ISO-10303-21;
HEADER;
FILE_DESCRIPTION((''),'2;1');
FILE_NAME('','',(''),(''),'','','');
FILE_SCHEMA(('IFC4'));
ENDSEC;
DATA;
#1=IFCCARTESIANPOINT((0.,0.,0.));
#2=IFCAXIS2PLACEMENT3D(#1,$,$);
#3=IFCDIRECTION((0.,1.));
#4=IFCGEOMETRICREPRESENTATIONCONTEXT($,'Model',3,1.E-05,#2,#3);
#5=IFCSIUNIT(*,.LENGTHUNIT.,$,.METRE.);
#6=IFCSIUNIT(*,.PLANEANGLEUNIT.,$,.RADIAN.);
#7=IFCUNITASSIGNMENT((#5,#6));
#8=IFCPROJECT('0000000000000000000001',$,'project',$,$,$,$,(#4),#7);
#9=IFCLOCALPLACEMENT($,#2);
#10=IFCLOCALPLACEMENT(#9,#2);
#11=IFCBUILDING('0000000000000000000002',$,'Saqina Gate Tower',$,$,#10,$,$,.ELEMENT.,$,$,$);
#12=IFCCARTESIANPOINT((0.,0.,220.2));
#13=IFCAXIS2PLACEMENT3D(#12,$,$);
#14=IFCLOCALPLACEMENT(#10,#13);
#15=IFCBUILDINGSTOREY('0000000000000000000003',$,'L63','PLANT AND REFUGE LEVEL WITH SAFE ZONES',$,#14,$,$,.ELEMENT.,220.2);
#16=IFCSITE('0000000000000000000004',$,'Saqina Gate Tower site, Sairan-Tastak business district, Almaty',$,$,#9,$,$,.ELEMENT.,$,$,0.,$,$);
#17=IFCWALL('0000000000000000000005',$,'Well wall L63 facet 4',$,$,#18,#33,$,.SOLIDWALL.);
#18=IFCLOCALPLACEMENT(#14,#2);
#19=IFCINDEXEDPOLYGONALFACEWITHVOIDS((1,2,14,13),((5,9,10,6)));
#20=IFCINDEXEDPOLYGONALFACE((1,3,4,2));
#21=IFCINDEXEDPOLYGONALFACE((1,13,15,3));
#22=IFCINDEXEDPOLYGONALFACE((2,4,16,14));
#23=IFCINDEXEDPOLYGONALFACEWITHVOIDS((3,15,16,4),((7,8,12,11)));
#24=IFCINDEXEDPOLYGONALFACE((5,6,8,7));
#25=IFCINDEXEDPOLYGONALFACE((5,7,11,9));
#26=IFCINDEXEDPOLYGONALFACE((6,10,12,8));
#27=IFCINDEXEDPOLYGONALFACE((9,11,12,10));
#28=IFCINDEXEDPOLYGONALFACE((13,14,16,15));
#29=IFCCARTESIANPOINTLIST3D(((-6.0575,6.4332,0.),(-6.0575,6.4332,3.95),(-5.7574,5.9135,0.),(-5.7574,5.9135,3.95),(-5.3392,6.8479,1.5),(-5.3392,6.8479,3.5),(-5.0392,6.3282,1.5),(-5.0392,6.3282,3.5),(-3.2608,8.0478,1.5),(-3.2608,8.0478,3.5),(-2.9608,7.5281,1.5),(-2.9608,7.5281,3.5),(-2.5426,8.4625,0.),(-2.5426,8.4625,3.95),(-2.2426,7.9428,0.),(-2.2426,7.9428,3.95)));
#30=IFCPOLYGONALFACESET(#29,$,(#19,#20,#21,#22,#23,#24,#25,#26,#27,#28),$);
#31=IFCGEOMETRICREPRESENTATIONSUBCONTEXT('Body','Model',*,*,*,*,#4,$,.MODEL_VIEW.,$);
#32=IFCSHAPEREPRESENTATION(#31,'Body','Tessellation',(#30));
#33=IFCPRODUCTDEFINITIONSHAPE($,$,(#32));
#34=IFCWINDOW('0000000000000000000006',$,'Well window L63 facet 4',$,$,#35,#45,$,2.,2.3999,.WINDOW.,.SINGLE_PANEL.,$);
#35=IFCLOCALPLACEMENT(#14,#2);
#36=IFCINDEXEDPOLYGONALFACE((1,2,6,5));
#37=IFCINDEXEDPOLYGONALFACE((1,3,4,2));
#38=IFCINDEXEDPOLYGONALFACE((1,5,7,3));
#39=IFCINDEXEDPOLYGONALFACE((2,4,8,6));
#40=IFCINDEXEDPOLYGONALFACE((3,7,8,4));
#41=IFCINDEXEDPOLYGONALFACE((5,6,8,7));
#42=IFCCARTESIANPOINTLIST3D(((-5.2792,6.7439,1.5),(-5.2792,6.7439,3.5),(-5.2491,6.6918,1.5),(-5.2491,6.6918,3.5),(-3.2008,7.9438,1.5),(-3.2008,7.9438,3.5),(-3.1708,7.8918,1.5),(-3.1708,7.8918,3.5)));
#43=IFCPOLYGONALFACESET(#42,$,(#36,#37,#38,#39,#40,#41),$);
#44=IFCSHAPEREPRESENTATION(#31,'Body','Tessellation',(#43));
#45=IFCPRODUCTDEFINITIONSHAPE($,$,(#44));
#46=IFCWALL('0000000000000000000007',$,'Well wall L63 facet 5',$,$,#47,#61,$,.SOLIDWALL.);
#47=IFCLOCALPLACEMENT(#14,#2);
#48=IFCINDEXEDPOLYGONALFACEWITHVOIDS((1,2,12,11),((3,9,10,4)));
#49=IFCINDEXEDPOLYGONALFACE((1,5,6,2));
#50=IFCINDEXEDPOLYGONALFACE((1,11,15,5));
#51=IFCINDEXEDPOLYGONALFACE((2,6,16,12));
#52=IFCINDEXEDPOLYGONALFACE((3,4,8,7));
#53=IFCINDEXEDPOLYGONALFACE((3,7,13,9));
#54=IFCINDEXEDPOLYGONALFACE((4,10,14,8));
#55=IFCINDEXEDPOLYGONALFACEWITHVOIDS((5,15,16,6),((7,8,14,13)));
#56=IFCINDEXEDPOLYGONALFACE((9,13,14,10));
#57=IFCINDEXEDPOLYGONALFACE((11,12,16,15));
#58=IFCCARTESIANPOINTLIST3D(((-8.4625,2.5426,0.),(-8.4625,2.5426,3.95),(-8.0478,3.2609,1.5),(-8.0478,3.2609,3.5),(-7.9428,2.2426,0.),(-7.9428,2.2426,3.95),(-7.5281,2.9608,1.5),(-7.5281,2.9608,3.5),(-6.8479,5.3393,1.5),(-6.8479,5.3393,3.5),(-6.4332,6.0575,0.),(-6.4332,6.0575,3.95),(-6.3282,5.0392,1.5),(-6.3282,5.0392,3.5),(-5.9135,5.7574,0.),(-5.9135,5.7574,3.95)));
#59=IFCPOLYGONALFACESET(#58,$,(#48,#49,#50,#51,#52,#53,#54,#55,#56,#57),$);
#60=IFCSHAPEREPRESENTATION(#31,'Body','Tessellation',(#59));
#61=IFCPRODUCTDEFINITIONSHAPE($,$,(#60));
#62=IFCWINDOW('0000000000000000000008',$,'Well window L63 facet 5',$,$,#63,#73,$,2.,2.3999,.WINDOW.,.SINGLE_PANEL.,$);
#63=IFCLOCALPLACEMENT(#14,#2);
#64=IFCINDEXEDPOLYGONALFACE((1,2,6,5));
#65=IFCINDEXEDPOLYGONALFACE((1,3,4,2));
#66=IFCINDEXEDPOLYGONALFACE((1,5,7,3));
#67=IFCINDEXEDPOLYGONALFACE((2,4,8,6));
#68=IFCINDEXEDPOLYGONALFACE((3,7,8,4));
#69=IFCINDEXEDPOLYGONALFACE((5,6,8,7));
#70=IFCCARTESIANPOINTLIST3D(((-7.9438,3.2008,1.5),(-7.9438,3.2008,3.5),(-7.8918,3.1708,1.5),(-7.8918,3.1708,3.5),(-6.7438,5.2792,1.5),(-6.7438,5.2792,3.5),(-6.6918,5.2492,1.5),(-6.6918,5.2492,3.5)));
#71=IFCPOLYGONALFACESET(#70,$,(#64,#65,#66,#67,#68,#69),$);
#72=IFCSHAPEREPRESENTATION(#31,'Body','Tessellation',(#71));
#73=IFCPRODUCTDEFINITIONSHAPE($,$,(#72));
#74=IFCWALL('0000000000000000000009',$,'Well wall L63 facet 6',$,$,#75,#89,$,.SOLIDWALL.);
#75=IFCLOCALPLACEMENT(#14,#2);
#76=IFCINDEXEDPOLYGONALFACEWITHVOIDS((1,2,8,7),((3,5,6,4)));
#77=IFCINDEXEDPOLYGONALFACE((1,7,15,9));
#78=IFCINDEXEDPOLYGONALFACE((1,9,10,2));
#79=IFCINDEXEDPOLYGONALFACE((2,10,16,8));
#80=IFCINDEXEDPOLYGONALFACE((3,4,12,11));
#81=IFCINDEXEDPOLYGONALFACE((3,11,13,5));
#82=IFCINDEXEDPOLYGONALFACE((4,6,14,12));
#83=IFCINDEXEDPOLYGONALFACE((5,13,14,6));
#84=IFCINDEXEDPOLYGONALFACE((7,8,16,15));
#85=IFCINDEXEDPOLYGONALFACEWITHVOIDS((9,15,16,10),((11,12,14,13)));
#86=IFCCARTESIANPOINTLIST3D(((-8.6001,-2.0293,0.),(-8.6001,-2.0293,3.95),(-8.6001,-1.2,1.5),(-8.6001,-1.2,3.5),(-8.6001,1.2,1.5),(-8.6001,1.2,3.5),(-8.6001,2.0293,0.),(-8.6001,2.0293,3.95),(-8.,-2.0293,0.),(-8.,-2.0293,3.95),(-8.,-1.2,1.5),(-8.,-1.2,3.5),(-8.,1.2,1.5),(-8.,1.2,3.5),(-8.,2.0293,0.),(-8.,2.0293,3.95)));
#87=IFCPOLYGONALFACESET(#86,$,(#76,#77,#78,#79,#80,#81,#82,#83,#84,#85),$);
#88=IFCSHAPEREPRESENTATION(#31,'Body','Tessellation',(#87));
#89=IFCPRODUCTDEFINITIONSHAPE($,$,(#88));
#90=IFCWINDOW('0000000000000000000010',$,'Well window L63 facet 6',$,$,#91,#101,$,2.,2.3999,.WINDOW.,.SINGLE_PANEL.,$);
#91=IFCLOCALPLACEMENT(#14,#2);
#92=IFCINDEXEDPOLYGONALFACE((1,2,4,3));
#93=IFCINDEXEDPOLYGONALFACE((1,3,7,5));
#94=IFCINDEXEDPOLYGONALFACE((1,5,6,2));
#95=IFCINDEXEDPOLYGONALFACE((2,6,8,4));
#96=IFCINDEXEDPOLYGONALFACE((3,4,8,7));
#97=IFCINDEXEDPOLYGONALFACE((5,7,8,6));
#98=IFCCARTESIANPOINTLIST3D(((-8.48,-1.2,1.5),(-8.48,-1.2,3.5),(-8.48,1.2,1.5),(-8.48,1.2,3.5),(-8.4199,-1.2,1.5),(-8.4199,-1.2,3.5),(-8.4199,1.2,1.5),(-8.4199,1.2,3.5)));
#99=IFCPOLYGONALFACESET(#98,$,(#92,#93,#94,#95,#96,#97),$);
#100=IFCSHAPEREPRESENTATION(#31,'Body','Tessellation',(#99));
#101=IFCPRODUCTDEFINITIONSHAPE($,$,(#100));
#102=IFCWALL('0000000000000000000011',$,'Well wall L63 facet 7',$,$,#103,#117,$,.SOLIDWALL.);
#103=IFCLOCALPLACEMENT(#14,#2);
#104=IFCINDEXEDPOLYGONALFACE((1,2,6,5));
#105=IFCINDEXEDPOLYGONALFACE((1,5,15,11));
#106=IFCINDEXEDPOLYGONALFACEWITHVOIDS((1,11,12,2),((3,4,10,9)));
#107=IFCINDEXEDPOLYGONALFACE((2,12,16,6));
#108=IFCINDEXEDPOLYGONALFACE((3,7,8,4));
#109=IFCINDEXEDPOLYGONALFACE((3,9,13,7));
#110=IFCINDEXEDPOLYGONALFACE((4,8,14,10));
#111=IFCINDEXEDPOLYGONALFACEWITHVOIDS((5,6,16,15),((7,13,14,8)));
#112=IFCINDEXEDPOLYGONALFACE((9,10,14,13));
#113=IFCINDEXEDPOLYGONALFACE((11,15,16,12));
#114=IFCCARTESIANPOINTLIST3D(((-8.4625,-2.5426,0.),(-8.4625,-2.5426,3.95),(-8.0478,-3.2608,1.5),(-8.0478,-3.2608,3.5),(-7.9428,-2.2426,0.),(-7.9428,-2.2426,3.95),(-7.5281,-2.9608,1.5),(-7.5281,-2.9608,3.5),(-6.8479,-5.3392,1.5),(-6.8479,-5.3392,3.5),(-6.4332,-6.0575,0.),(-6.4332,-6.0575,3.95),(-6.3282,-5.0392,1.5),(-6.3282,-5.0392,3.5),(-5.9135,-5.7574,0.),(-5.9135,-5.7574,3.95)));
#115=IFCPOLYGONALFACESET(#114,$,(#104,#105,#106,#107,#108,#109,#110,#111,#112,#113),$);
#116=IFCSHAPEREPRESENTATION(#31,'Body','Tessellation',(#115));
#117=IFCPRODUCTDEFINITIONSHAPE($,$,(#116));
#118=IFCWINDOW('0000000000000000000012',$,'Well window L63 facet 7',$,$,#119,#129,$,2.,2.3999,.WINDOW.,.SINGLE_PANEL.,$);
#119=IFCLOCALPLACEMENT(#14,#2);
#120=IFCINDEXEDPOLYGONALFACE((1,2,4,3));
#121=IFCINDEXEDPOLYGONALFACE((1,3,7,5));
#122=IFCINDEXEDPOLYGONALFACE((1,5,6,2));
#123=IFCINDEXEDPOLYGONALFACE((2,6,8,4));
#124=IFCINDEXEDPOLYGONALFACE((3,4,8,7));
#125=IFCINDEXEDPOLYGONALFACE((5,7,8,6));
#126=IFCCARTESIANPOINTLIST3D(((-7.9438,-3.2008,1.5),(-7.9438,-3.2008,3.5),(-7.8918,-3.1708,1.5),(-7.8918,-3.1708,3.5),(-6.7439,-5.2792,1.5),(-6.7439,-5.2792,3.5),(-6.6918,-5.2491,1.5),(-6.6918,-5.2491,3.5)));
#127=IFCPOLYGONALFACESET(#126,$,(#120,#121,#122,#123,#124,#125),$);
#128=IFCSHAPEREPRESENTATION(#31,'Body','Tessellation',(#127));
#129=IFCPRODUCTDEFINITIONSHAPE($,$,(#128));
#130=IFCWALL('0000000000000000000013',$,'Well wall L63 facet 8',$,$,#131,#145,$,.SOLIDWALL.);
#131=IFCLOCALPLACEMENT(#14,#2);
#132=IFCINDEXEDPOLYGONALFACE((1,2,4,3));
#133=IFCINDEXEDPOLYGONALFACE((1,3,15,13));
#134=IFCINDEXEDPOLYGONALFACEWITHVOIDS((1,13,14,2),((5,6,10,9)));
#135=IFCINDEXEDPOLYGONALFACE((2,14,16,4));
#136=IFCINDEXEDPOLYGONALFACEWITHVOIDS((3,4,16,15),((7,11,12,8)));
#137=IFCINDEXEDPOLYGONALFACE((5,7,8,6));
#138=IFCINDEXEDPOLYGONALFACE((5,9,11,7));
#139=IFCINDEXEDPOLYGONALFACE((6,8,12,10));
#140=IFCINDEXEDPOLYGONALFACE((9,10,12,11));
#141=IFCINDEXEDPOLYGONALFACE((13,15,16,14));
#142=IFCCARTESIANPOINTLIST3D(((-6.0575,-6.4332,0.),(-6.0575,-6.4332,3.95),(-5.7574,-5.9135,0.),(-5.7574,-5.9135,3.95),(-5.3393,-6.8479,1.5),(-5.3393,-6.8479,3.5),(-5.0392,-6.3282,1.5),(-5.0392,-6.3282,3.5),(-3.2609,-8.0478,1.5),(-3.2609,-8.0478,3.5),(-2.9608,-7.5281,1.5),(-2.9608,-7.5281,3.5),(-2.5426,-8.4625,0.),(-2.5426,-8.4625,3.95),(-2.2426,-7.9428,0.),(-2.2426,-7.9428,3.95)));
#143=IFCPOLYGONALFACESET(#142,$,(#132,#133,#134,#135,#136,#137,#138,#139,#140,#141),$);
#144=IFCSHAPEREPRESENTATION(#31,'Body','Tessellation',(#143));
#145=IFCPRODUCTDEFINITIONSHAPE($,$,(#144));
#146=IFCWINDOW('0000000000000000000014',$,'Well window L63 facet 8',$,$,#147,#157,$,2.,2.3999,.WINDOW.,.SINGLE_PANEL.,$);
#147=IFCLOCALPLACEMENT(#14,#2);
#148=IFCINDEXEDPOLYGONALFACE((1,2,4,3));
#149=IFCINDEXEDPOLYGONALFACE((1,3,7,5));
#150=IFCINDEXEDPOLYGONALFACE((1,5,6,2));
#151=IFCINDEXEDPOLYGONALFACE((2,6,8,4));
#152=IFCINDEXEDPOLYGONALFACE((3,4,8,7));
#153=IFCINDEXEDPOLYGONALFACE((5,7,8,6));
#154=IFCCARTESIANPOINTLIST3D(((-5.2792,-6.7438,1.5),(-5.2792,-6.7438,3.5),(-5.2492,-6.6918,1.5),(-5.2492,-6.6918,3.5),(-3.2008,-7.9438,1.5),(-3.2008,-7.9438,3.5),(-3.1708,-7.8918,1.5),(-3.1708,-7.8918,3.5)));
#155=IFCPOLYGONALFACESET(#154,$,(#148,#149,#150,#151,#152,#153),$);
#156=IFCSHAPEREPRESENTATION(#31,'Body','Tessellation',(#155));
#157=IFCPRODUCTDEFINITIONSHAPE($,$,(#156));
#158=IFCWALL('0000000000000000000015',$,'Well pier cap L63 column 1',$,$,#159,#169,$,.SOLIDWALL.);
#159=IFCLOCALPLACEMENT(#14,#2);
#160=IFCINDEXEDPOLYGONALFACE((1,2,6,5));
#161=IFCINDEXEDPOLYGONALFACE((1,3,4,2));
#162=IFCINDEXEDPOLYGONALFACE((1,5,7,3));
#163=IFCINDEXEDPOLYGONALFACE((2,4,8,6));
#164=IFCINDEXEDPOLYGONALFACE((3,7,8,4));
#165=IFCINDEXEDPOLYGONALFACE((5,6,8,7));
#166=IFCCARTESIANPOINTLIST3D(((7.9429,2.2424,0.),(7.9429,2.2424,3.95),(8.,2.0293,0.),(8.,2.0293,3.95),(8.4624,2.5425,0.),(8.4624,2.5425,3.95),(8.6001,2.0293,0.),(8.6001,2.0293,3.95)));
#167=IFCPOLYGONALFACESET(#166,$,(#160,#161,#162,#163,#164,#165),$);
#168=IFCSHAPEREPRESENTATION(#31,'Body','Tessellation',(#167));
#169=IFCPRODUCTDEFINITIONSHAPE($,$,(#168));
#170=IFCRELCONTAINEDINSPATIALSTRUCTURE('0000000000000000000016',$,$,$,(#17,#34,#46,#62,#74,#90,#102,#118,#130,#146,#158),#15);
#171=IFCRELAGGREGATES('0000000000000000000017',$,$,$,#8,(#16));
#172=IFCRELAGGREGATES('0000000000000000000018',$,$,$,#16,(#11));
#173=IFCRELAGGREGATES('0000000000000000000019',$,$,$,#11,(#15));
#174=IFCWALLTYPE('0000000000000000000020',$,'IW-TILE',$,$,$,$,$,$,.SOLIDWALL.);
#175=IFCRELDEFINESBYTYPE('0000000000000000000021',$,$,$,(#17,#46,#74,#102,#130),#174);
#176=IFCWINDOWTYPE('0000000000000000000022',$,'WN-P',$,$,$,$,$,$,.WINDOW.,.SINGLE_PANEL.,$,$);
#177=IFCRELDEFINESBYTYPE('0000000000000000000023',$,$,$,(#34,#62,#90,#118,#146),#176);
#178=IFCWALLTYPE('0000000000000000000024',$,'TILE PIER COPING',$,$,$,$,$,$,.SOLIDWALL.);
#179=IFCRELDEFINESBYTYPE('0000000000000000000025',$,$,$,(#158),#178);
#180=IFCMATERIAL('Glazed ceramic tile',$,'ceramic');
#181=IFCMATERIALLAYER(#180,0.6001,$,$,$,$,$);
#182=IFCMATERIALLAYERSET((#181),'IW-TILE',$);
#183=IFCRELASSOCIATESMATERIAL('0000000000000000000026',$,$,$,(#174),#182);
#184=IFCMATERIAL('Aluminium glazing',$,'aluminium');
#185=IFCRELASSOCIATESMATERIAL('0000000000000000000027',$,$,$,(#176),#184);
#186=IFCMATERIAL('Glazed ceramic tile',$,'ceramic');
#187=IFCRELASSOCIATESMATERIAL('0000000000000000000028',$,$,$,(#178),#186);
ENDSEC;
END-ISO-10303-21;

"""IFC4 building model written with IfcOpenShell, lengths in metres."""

from ifc_helpers import new_model, si_unit, direction, frame, frame_2d, origin, place, context, subcontext, project, spatial, polyline, rectangle, outline, extrude, material, layer, layer_set, type_object, element, fill, save


model = new_model("IFC4")

# Units and contexts
model_context = context("Model", 3, precision=1e-05, world=origin(), true_north=direction((0.0, 1.0)))
body_context = subcontext(model_context, "Body", "Model", "MODEL_VIEW")
ifc_project = project(units=[si_unit("LENGTHUNIT", "METRE"), si_unit("PLANEANGLEUNIT", "RADIAN")], contexts=[model_context])

# Site, building, storey
site_placement = place(None, origin())
site = spatial("IfcSite", under=ifc_project, at=site_placement, Name="Saqina Gate Tower site, Sairan-Tastak business district, Almaty", CompositionType="ELEMENT", RefElevation=0.0)
building_placement = place(site_placement, origin())
building = spatial("IfcBuilding", under=site, at=building_placement, Name="Saqina Gate Tower", CompositionType="ELEMENT")
storey_placement = place(building_placement, frame((0.0, 0.0, 220.2)))
storey = spatial("IfcBuildingStorey", under=building, at=storey_placement, Name="L63", Description="PLANT AND REFUGE LEVEL WITH SAFE ZONES", CompositionType="ELEMENT", Elevation=220.2)

# Walls, openings, windows
ifc_material_1 = material(Name="Glazed ceramic tile", Category="ceramic")
ifc_layer_1 = layer(ifc_material_1, 0.6001)
ifc_layer_set_1 = layer_set([ifc_layer_1], Name="IW-TILE")
wall_type_1 = type_object("IfcWallType", Name="IW-TILE", PredefinedType="SOLIDWALL", material=ifc_layer_set_1)
wall_1_placement = place(storey_placement, frame((-2.3926, 8.2026, 0.0), z_axis=(0.0, 0.0, 1.0), x_axis=(-0.866028, -0.499995, 0.0)))
wall_1 = element("IfcWall", 1, at=wall_1_placement, inside=storey, type_object=wall_type_1, Name="Well wall L63 facet 4", PredefinedType="SOLIDWALL", context=body_context, shape_type="SweptSolid", body=[
    extrude(rectangle(XDim=4.0586, YDim=0.6001, at=frame_2d((2.0293, 0.0))), origin(), (0.0, 0.0, 1.0), 3.95),
])
opening_1_placement = place(wall_1_placement, frame((0.8293, 0.0, 1.5)))
opening_1 = element("IfcOpeningElement", 2, at=opening_1_placement, cuts=wall_1, PredefinedType="OPENING", context=body_context, shape_type="SweptSolid", body=[
    extrude(rectangle(XDim=2.3999, YDim=2.0, at=frame_2d((1.2, 1.0))), frame((0.0, 0.312, 0.0), z_axis=(0.0, -1.0, 0.0), x_axis=(1.0, 0.0, 0.0)), (0.0, 0.0, 1.0), 0.624),
])
ifc_material_2 = material(Name="Aluminium glazing", Category="aluminium")
window_type_1 = type_object("IfcWindowType", Name="WN-P", PartitioningType="SINGLE_PANEL", PredefinedType="WINDOW", material=ifc_material_2)
window_1_placement = place(opening_1_placement, origin())
window_1 = element("IfcWindow", 3, at=window_1_placement, inside=storey, type_object=window_type_1, Name="Well window L63 facet 4", OverallHeight=2.0, OverallWidth=2.3999, PartitioningType="SINGLE_PANEL", PredefinedType="WINDOW", context=body_context, shape_type="SweptSolid", body=[
    extrude(rectangle(XDim=2.3999, YDim=2.0, at=frame_2d((1.2, 1.0))), frame((0.0, -0.1199, 0.0), z_axis=(0.0, -1.0, 0.0), x_axis=(1.0, 0.0, 0.0)), (0.0, 0.0, 1.0), 0.0601),
])
fill(opening_1, window_1)
wall_2_placement = place(storey_placement, frame((-6.1733, 5.9075, 0.0), z_axis=(0.0, 0.0, 1.0), x_axis=(-0.499995, -0.866028, 0.0)))
wall_2 = element("IfcWall", 4, at=wall_2_placement, inside=storey, type_object=wall_type_1, Name="Well wall L63 facet 5", PredefinedType="SOLIDWALL", context=body_context, shape_type="SweptSolid", body=[
    extrude(rectangle(XDim=4.0586, YDim=0.6001, at=frame_2d((2.0293, 0.0))), origin(), (0.0, 0.0, 1.0), 3.95),
])
opening_2_placement = place(wall_2_placement, frame((0.8293, 0.0, 1.5)))
opening_2 = element("IfcOpeningElement", 5, at=opening_2_placement, cuts=wall_2, PredefinedType="OPENING", context=body_context, shape_type="SweptSolid", body=[
    extrude(rectangle(XDim=2.3999, YDim=2.0, at=frame_2d((1.2, 1.0))), frame((0.0, 0.312, 0.0), z_axis=(0.0, -1.0, 0.0), x_axis=(1.0, 0.0, 0.0)), (0.0, 0.0, 1.0), 0.624),
])
window_2_placement = place(opening_2_placement, origin())
window_2 = element("IfcWindow", 6, at=window_2_placement, inside=storey, type_object=window_type_1, Name="Well window L63 facet 5", OverallHeight=2.0, OverallWidth=2.3999, PartitioningType="SINGLE_PANEL", PredefinedType="WINDOW", context=body_context, shape_type="SweptSolid", body=[
    extrude(rectangle(XDim=2.3999, YDim=2.0, at=frame_2d((1.2, 1.0))), frame((0.0, -0.1199, 0.0), z_axis=(0.0, -1.0, 0.0), x_axis=(1.0, 0.0, 0.0)), (0.0, 0.0, 1.0), 0.0601),
])
fill(opening_2, window_2)
wall_3_placement = place(storey_placement, frame((-8.3, 2.0293, 0.0), z_axis=(0.0, 0.0, 1.0), x_axis=(0.0, -1.0, 0.0)))
wall_3 = element("IfcWall", 7, at=wall_3_placement, inside=storey, type_object=wall_type_1, Name="Well wall L63 facet 6", PredefinedType="SOLIDWALL", context=body_context, shape_type="SweptSolid", body=[
    extrude(rectangle(XDim=4.0586, YDim=0.6001, at=frame_2d((2.0293, 0.0))), origin(), (0.0, 0.0, 1.0), 3.95),
])
opening_3_placement = place(wall_3_placement, frame((0.8293, 0.0, 1.5)))
opening_3 = element("IfcOpeningElement", 8, at=opening_3_placement, cuts=wall_3, PredefinedType="OPENING", context=body_context, shape_type="SweptSolid", body=[
    extrude(rectangle(XDim=2.3999, YDim=2.0, at=frame_2d((1.2, 1.0))), frame((0.0, 0.312, 0.0), z_axis=(0.0, -1.0, 0.0), x_axis=(1.0, 0.0, 0.0)), (0.0, 0.0, 1.0), 0.624),
])
window_3_placement = place(opening_3_placement, origin())
window_3 = element("IfcWindow", 9, at=window_3_placement, inside=storey, type_object=window_type_1, Name="Well window L63 facet 6", OverallHeight=2.0, OverallWidth=2.3999, PartitioningType="SINGLE_PANEL", PredefinedType="WINDOW", context=body_context, shape_type="SweptSolid", body=[
    extrude(rectangle(XDim=2.3999, YDim=2.0, at=frame_2d((1.2, 1.0))), frame((0.0, -0.1199, 0.0), z_axis=(0.0, -1.0, 0.0), x_axis=(1.0, 0.0, 0.0)), (0.0, 0.0, 1.0), 0.0601),
])
fill(opening_3, window_3)
wall_4_placement = place(storey_placement, frame((-8.2026, -2.3926, 0.0), z_axis=(0.0, 0.0, 1.0), x_axis=(0.499995, -0.866028, 0.0)))
wall_4 = element("IfcWall", 10, at=wall_4_placement, inside=storey, type_object=wall_type_1, Name="Well wall L63 facet 7", PredefinedType="SOLIDWALL", context=body_context, shape_type="SweptSolid", body=[
    extrude(rectangle(XDim=4.0586, YDim=0.6001, at=frame_2d((2.0293, 0.0))), origin(), (0.0, 0.0, 1.0), 3.95),
])
opening_4_placement = place(wall_4_placement, frame((0.8293, 0.0, 1.5)))
opening_4 = element("IfcOpeningElement", 11, at=opening_4_placement, cuts=wall_4, PredefinedType="OPENING", context=body_context, shape_type="SweptSolid", body=[
    extrude(rectangle(XDim=2.3999, YDim=2.0, at=frame_2d((1.2, 1.0))), frame((0.0, 0.312, 0.0), z_axis=(0.0, -1.0, 0.0), x_axis=(1.0, 0.0, 0.0)), (0.0, 0.0, 1.0), 0.624),
])
window_4_placement = place(opening_4_placement, origin())
window_4 = element("IfcWindow", 12, at=window_4_placement, inside=storey, type_object=window_type_1, Name="Well window L63 facet 7", OverallHeight=2.0, OverallWidth=2.3999, PartitioningType="SINGLE_PANEL", PredefinedType="WINDOW", context=body_context, shape_type="SweptSolid", body=[
    extrude(rectangle(XDim=2.3999, YDim=2.0, at=frame_2d((1.2, 1.0))), frame((0.0, -0.1199, 0.0), z_axis=(0.0, -1.0, 0.0), x_axis=(1.0, 0.0, 0.0)), (0.0, 0.0, 1.0), 0.0601),
])
fill(opening_4, window_4)
wall_5_placement = place(storey_placement, frame((-5.9075, -6.1733, 0.0), z_axis=(0.0, 0.0, 1.0), x_axis=(0.866028, -0.499995, 0.0)))
wall_5 = element("IfcWall", 13, at=wall_5_placement, inside=storey, type_object=wall_type_1, Name="Well wall L63 facet 8", PredefinedType="SOLIDWALL", context=body_context, shape_type="SweptSolid", body=[
    extrude(rectangle(XDim=4.0586, YDim=0.6001, at=frame_2d((2.0293, 0.0))), origin(), (0.0, 0.0, 1.0), 3.95),
])
opening_5_placement = place(wall_5_placement, frame((0.8293, 0.0, 1.5)))
opening_5 = element("IfcOpeningElement", 14, at=opening_5_placement, cuts=wall_5, PredefinedType="OPENING", context=body_context, shape_type="SweptSolid", body=[
    extrude(rectangle(XDim=2.3999, YDim=2.0, at=frame_2d((1.2, 1.0))), frame((0.0, 0.312, 0.0), z_axis=(0.0, -1.0, 0.0), x_axis=(1.0, 0.0, 0.0)), (0.0, 0.0, 1.0), 0.624),
])
window_5_placement = place(opening_5_placement, origin())
window_5 = element("IfcWindow", 15, at=window_5_placement, inside=storey, type_object=window_type_1, Name="Well window L63 facet 8", OverallHeight=2.0, OverallWidth=2.3999, PartitioningType="SINGLE_PANEL", PredefinedType="WINDOW", context=body_context, shape_type="SweptSolid", body=[
    extrude(rectangle(XDim=2.3999, YDim=2.0, at=frame_2d((1.2, 1.0))), frame((0.0, -0.1199, 0.0), z_axis=(0.0, -1.0, 0.0), x_axis=(1.0, 0.0, 0.0)), (0.0, 0.0, 1.0), 0.0601),
])
fill(opening_5, window_5)

# Wall
ifc_material_3 = material(Name="Glazed ceramic tile", Category="ceramic")
wall_type_2 = type_object("IfcWallType", Name="TILE PIER COPING", PredefinedType="SOLIDWALL", material=ifc_material_3)
wall_6_placement = place(storey_placement, origin())
element("IfcWall", 16, at=wall_6_placement, inside=storey, type_object=wall_type_2, Name="Well pier cap L63 column 1", PredefinedType="SOLIDWALL", context=body_context, shape_type="SweptSolid", body=[
    extrude(outline(polyline([(8.4624, 2.5425), (7.9429, 2.2424), (8.0, 2.0293), (8.6001, 2.0293), (8.4624, 2.5425)])), origin(), (0.0, 0.0, 1.0), 3.95),
])

save(model, "model.ifc")
